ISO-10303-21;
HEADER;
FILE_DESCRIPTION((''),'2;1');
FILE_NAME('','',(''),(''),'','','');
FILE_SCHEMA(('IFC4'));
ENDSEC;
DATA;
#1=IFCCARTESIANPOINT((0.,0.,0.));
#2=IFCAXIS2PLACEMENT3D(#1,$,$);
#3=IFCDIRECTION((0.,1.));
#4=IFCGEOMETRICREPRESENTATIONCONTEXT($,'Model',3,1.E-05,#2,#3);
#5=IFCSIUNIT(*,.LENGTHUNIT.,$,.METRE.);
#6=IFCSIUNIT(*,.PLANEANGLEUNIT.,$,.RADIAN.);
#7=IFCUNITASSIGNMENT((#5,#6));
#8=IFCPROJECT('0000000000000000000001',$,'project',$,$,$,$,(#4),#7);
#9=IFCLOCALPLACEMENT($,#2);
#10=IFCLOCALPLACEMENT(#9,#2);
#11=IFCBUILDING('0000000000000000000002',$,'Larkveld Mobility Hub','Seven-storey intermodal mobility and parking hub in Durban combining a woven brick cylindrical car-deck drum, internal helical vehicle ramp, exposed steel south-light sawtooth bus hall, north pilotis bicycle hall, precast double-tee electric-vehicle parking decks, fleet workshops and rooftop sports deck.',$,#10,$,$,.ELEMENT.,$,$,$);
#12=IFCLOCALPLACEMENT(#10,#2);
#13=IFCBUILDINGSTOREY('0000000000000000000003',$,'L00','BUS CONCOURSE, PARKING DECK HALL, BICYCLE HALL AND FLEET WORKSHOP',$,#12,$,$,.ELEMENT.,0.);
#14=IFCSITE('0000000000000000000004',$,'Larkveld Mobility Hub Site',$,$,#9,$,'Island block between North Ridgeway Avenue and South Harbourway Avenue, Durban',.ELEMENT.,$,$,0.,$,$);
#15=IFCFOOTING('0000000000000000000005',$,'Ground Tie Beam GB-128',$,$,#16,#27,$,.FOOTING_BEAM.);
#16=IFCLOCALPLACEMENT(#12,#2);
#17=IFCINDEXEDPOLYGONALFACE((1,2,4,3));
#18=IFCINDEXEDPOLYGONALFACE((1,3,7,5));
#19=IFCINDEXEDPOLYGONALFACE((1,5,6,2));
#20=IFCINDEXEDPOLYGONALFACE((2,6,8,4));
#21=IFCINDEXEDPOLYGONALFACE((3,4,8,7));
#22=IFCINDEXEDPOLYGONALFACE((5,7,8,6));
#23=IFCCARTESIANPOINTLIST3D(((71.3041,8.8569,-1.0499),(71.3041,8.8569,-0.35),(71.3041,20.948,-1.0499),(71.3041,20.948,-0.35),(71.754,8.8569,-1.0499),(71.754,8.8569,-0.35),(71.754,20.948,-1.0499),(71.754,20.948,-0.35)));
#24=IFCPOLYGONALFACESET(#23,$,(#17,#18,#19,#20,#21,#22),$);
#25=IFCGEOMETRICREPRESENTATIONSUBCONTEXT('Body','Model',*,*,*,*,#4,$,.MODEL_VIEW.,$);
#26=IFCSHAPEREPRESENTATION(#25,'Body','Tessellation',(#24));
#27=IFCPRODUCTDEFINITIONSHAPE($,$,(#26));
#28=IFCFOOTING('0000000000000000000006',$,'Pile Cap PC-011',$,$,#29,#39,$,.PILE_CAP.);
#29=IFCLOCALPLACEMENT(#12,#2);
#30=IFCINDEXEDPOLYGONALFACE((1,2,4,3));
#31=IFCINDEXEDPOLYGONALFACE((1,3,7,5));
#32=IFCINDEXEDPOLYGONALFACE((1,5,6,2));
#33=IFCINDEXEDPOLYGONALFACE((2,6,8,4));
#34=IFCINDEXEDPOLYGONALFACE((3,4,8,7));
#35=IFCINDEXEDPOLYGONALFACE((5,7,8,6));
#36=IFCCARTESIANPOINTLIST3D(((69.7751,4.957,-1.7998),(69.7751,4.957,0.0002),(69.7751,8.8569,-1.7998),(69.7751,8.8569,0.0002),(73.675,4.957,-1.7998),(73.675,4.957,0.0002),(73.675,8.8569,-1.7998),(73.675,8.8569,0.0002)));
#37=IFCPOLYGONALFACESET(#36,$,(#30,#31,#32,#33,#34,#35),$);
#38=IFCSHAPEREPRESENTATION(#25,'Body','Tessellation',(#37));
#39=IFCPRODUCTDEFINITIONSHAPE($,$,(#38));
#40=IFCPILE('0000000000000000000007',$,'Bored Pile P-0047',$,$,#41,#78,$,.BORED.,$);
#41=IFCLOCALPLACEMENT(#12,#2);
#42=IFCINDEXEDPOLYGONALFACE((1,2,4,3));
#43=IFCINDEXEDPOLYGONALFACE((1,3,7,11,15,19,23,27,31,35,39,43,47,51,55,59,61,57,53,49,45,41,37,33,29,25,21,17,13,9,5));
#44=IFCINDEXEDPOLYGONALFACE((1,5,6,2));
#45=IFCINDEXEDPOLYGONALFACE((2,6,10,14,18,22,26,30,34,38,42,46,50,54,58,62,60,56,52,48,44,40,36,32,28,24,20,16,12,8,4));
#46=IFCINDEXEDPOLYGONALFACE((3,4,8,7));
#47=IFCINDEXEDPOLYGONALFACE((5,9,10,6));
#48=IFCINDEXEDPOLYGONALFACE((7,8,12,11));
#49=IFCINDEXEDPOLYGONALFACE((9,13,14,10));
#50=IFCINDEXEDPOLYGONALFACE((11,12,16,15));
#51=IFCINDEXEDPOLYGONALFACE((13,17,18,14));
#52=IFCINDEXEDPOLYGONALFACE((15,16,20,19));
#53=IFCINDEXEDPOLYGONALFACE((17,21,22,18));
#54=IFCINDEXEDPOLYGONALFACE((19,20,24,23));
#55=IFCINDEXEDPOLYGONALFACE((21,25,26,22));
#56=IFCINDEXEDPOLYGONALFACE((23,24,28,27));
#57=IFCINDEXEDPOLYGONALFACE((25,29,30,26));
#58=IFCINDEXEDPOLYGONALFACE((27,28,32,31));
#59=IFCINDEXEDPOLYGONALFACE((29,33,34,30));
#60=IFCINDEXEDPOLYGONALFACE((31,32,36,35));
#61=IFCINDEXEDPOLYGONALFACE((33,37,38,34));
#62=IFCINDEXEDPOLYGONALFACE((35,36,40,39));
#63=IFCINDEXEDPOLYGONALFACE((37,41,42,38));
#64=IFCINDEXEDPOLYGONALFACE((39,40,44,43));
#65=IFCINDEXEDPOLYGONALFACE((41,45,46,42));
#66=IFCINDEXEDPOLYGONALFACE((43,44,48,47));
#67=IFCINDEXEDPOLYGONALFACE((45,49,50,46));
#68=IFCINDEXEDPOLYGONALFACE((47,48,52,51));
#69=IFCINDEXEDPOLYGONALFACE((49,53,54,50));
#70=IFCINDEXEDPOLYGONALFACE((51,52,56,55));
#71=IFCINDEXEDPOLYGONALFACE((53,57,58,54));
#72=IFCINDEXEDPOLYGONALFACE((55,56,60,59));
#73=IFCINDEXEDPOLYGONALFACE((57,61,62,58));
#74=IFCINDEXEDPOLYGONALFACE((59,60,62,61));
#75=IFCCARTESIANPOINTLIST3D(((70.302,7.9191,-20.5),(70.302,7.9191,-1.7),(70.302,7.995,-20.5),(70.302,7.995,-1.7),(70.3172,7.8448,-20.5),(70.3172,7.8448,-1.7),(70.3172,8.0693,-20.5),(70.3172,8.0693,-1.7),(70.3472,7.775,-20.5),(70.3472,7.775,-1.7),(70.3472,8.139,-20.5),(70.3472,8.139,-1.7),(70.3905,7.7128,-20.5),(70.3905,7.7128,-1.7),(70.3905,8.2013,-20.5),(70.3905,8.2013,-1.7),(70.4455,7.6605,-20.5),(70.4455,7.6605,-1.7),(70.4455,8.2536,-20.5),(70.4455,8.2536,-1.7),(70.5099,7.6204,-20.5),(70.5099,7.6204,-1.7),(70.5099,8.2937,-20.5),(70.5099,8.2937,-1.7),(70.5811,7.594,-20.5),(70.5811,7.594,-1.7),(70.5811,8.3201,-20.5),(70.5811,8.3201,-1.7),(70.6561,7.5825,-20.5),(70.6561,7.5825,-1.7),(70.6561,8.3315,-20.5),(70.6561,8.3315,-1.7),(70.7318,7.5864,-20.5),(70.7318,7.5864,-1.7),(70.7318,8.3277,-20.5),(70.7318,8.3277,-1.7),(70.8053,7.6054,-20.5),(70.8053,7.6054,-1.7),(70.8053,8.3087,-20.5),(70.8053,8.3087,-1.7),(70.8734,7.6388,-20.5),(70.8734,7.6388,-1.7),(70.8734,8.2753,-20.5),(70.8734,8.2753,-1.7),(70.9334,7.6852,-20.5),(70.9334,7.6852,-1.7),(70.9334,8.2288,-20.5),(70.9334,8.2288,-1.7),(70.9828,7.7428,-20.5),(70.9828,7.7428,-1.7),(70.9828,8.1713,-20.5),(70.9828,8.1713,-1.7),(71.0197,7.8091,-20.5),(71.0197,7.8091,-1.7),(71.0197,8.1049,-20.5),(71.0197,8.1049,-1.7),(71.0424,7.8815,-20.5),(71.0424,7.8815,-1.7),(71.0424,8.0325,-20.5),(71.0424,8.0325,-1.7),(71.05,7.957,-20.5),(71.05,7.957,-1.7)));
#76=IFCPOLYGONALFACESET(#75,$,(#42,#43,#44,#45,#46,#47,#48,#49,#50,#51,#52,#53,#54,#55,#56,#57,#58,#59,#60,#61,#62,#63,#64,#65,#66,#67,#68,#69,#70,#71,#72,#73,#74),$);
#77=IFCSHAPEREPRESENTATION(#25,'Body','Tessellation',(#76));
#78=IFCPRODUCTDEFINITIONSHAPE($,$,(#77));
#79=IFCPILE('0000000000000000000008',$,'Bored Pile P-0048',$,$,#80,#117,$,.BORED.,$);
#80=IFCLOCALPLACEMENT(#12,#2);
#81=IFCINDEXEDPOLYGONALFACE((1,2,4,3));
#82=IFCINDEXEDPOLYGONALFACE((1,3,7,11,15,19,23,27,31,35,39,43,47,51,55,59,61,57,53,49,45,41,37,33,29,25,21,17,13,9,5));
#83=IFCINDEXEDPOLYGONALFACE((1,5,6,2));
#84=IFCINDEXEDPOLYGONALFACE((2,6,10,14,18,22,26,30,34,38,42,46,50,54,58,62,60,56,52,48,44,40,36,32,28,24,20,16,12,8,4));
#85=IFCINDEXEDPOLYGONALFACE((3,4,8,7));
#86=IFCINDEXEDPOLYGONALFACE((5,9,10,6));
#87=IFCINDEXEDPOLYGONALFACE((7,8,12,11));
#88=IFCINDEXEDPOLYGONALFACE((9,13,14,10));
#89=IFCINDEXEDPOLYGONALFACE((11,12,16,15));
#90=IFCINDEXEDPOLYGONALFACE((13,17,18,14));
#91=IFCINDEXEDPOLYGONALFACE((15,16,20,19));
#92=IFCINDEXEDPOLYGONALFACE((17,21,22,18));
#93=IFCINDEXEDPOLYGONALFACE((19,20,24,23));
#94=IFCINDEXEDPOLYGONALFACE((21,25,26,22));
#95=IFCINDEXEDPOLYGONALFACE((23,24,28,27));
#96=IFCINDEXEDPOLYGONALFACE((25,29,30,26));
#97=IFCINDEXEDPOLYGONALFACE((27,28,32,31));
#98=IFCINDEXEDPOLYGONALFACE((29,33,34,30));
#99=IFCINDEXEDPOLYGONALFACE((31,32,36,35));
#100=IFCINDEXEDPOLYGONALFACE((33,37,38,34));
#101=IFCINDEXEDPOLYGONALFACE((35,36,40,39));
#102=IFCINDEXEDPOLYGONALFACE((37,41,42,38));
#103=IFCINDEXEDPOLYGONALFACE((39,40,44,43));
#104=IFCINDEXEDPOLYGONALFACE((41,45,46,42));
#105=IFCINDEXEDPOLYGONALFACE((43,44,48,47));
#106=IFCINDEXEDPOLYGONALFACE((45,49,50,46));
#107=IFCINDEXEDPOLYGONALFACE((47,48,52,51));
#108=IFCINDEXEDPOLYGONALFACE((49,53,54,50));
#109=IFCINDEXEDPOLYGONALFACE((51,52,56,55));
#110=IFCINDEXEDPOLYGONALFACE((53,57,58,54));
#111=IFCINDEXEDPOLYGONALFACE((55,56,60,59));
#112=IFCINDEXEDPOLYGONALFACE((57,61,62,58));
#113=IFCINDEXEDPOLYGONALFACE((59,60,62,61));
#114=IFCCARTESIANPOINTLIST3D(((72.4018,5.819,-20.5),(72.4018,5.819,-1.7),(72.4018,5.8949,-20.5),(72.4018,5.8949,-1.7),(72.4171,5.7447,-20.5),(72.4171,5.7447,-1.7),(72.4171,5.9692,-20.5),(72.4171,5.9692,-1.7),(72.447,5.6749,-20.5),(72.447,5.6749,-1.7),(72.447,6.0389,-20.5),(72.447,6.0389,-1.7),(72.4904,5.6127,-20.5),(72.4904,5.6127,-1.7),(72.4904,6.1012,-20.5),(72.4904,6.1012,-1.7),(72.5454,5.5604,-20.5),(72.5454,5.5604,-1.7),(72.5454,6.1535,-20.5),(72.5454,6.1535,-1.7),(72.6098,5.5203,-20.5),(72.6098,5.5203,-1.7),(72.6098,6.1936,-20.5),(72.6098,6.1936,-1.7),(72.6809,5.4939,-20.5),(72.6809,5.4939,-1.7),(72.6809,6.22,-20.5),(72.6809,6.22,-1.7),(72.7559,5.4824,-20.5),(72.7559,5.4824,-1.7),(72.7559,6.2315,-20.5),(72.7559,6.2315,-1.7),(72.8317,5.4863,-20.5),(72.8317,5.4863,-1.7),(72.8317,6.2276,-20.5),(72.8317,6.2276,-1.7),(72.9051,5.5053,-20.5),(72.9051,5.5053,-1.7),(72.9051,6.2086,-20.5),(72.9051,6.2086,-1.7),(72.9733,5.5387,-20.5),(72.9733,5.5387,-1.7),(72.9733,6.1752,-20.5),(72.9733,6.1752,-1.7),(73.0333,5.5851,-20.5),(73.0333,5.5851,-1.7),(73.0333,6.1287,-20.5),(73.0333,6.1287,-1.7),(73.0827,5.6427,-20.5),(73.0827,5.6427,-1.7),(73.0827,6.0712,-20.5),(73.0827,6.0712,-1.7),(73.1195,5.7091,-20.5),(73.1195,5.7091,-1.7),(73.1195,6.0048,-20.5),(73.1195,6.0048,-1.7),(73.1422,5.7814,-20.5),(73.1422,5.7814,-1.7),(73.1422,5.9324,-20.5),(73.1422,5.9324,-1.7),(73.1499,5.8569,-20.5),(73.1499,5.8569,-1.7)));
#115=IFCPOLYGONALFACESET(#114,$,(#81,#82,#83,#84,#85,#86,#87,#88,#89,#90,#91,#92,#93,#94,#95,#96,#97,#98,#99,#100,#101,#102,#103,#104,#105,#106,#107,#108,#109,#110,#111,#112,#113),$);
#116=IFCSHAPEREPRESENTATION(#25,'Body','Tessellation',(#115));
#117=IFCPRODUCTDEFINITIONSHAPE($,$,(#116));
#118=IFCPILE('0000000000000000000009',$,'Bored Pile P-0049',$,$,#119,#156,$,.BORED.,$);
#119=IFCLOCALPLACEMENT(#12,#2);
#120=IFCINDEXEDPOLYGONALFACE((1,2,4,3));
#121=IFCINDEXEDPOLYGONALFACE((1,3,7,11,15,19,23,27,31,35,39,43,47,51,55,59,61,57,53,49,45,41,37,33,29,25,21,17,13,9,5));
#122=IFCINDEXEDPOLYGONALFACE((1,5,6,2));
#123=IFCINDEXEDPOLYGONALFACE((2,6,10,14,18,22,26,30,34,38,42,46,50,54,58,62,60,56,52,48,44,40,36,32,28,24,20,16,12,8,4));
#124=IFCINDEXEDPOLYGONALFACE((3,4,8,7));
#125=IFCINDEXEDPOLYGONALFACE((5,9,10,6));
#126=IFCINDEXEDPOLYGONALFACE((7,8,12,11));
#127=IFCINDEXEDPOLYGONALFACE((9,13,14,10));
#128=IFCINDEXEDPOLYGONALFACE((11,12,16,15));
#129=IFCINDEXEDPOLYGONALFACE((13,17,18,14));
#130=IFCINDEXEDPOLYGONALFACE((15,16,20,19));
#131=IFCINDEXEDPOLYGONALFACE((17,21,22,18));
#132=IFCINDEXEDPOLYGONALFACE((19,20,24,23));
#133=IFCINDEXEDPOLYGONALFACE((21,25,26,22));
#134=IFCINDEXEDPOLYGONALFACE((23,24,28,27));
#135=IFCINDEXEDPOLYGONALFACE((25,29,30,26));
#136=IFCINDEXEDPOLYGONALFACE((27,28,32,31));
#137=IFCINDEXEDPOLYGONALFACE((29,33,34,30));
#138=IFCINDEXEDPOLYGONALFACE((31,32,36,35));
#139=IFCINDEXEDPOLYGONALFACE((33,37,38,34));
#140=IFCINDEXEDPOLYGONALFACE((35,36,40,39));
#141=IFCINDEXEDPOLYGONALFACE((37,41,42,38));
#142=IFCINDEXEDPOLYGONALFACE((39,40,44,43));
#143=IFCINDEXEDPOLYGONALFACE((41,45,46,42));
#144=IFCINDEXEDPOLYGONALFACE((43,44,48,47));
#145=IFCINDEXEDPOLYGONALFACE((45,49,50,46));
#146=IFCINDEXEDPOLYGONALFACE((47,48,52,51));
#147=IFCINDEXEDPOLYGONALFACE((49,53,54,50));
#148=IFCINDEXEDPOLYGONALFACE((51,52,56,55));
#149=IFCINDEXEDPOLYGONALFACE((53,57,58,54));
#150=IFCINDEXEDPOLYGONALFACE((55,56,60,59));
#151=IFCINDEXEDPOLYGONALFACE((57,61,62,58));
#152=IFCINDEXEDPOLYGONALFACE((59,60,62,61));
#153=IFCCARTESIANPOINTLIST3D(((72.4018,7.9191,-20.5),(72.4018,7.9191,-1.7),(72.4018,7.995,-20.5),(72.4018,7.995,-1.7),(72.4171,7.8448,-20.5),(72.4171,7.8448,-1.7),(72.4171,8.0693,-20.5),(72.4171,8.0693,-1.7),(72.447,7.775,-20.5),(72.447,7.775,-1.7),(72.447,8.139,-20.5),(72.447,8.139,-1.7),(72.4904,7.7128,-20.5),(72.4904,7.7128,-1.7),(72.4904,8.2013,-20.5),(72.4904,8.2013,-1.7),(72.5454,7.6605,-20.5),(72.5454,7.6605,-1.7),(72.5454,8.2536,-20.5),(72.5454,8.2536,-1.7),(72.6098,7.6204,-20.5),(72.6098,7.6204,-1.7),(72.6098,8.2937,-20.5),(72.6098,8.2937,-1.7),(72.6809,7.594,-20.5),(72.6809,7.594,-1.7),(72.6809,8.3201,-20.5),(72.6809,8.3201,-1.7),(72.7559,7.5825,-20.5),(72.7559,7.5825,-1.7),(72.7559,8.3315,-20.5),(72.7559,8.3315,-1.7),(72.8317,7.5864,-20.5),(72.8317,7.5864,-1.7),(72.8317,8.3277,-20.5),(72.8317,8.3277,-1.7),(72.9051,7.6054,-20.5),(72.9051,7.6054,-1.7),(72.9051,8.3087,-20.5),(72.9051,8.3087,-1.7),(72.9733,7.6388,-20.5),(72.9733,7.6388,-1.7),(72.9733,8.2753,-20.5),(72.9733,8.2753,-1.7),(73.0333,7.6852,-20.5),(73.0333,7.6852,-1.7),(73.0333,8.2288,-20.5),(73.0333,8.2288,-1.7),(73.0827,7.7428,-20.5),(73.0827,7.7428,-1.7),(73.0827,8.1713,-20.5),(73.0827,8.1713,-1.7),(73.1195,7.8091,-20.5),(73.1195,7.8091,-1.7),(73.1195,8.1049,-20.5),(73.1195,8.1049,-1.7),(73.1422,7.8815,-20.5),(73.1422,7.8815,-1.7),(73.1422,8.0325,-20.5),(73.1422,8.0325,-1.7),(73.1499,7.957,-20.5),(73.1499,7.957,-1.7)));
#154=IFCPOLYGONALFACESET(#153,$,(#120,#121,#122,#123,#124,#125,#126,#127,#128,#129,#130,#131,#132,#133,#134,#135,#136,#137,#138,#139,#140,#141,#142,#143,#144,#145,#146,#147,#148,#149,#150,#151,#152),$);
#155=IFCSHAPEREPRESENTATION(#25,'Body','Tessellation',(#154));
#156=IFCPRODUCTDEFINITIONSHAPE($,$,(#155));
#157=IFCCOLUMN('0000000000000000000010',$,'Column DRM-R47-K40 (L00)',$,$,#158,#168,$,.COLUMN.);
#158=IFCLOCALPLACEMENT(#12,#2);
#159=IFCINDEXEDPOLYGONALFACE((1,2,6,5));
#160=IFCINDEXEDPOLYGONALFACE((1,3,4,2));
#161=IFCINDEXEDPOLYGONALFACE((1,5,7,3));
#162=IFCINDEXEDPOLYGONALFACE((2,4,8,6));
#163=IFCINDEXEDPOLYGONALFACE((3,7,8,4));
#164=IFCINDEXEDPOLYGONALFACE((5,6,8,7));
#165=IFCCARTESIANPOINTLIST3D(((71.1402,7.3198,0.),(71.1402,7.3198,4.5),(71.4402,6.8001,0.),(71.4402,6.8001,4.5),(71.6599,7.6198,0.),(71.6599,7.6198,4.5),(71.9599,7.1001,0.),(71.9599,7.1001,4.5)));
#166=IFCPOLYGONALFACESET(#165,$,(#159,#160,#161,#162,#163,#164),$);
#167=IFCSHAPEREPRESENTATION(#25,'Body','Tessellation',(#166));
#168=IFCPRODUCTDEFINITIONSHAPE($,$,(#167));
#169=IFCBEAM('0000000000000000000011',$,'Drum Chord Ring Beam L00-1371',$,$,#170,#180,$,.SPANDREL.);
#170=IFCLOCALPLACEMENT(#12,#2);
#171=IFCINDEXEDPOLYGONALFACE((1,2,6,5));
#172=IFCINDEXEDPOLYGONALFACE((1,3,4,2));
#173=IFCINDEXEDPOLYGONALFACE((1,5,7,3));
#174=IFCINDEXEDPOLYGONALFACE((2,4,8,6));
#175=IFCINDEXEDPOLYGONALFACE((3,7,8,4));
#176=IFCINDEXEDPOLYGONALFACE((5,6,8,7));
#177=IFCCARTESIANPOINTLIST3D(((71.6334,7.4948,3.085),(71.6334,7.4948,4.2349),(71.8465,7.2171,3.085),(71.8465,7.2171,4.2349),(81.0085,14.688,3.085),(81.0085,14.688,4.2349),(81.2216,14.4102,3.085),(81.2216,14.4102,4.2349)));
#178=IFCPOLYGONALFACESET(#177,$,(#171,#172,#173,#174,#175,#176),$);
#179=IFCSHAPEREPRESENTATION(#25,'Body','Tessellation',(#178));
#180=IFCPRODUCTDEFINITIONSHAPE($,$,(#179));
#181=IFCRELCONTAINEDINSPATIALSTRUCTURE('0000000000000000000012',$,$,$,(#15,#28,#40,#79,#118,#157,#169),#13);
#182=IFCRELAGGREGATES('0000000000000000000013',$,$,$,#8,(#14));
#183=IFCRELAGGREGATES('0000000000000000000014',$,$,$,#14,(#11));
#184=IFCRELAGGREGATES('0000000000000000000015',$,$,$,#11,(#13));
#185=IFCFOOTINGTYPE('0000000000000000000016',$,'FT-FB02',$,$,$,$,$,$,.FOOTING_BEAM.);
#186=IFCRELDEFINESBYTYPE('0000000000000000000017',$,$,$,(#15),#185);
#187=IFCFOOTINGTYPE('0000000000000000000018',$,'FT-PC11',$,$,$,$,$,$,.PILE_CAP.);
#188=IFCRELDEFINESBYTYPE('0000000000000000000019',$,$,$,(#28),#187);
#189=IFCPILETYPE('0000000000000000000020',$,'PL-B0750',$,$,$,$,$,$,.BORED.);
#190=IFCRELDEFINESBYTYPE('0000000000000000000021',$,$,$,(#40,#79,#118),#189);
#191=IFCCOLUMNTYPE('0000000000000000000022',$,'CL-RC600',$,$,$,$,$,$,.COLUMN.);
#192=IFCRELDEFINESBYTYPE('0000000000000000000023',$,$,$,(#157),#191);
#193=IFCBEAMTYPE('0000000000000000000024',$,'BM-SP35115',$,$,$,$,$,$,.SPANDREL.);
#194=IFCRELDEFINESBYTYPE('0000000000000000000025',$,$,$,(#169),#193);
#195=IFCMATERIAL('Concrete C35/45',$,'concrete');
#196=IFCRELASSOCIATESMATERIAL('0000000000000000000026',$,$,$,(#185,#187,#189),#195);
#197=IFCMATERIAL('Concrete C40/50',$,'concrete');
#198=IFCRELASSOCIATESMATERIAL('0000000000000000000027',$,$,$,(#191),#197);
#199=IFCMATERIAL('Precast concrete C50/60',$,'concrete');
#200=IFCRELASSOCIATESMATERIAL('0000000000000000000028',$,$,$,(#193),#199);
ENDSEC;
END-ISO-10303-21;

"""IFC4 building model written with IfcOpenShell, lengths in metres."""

from ifc_helpers import new_model, si_unit, direction, frame, origin, origin_2d, place, context, subcontext, project, spatial, rectangle, circle, extrude, material, material_profile, profile_set, type_object, element, save


model = new_model("IFC4")

# Units and contexts
model_context = context("Model", 3, precision=1e-05, world=origin(), true_north=direction((0.0, 1.0)))
body_context = subcontext(model_context, "Body", "Model", "MODEL_VIEW")
ifc_project = project(units=[si_unit("LENGTHUNIT", "METRE"), si_unit("PLANEANGLEUNIT", "RADIAN")], contexts=[model_context])

# Site, building, storey
site_placement = place(None, origin())
site = spatial("IfcSite", under=ifc_project, at=site_placement, Name="Larkveld Mobility Hub Site", LongName="Island block between North Ridgeway Avenue and South Harbourway Avenue, Durban", CompositionType="ELEMENT", RefElevation=0.0)
building_placement = place(site_placement, origin())
building = spatial("IfcBuilding", under=site, at=building_placement, Name="Larkveld Mobility Hub", Description="Seven-storey intermodal mobility and parking hub in Durban combining a woven brick cylindrical car-deck drum, internal helical vehicle ramp, exposed steel south-light sawtooth bus hall, north pilotis bicycle hall, precast double-tee electric-vehicle parking decks, fleet workshops and rooftop sports deck.", CompositionType="ELEMENT")
storey_placement = place(building_placement, origin())
storey = spatial("IfcBuildingStorey", under=building, at=storey_placement, Name="L00", Description="BUS CONCOURSE, PARKING DECK HALL, BICYCLE HALL AND FLEET WORKSHOP", CompositionType="ELEMENT", Elevation=0.0)

# Footings
ifc_material_1 = material(Name="Concrete C35/45", Category="concrete")
ifc_material_profile_1 = material_profile(ifc_material_1, rectangle(XDim=0.45, YDim=0.7, at=origin_2d()), Name="RC BM 450x700")
ifc_profile_set_1 = profile_set([ifc_material_profile_1], Name="Concrete C35/45")
footing_type_1 = type_object("IfcFootingType", Name="FT-FB02", PredefinedType="FOOTING_BEAM", material=ifc_profile_set_1)
footing_1_placement = place(storey_placement, frame((71.5291, 8.8569, -0.7), z_axis=(0.0, 1.0, 0.0), x_axis=(-1.0, 0.0, 0.0)))
element("IfcFooting", 1, at=footing_1_placement, inside=storey, type_object=footing_type_1, Name="Ground Tie Beam GB-128", PredefinedType="FOOTING_BEAM", context=body_context, shape_type="SweptSolid", body=[
    extrude(rectangle(XDim=0.45, YDim=0.7, at=origin_2d()), origin(), (0.0, 0.0, 1.0), 12.0911),
])
footing_type_2 = type_object("IfcFootingType", Name="FT-PC11", PredefinedType="PILE_CAP", material=ifc_material_1)
footing_2_placement = place(storey_placement, frame((71.7251, 6.907, -1.7998), z_axis=(0.0, 0.0, 1.0), x_axis=(1.0, 0.0, 0.0)))
element("IfcFooting", 2, at=footing_2_placement, inside=storey, type_object=footing_type_2, Name="Pile Cap PC-011", PredefinedType="PILE_CAP", context=body_context, shape_type="SweptSolid", body=[
    extrude(rectangle(XDim=3.8999, YDim=3.8999, at=origin_2d()), origin(), (0.0, 0.0, 1.0), 1.8),
])

# Piles
ifc_material_profile_2 = material_profile(ifc_material_1, circle(Radius=0.375, at=origin_2d()), Name="PILE D750")
ifc_profile_set_2 = profile_set([ifc_material_profile_2], Name="Concrete C35/45")
pile_type = type_object("IfcPileType", Name="PL-B0750", PredefinedType="BORED", material=ifc_profile_set_2)
for number, where, z_axis, x_axis, name in (
    (3, (70.675, 7.957, -1.7), (0.0, 0.0, -1.0), (1.0, 0.0, 0.0), "Bored Pile P-0047"),
    (4, (72.7749, 5.8569, -1.7), (0.0, 0.0, -1.0), (1.0, 0.0, 0.0), "Bored Pile P-0048"),
    (5, (72.7749, 7.957, -1.7), (0.0, 0.0, -1.0), (1.0, 0.0, 0.0), "Bored Pile P-0049"),
):
    element("IfcPile", number, at=place(storey_placement, frame(where, z_axis=z_axis, x_axis=x_axis)), inside=storey, type_object=pile_type, Name=name, PredefinedType="BORED", context=body_context, shape_type="SweptSolid", body=[
        extrude(circle(Radius=0.375, at=origin_2d()), origin(), (0.0, 0.0, 1.0), 18.8),
    ])

# Column
ifc_material_2 = material(Name="Concrete C40/50", Category="concrete")
ifc_material_profile_3 = material_profile(ifc_material_2, rectangle(XDim=0.6001, YDim=0.6001, at=origin_2d()), Name="RC COL 600x600")
ifc_profile_set_3 = profile_set([ifc_material_profile_3], Name="Concrete C40/50")
column_type = type_object("IfcColumnType", Name="CL-RC600", PredefinedType="COLUMN", material=ifc_profile_set_3)
column_placement = place(storey_placement, frame((71.55, 7.21, 0.0), z_axis=(0.0, 0.0, 1.0), x_axis=(-0.5, 0.866025, 0.0)))
element("IfcColumn", 6, at=column_placement, inside=storey, type_object=column_type, Name="Column DRM-R47-K40 (L00)", PredefinedType="COLUMN", context=body_context, shape_type="SweptSolid", body=[
    extrude(rectangle(XDim=0.6001, YDim=0.6001, at=origin_2d()), origin(), (0.0, 0.0, 1.0), 4.5),
])

# Beam
ifc_material_3 = material(Name="Precast concrete C50/60", Category="concrete")
ifc_material_profile_4 = material_profile(ifc_material_3, rectangle(XDim=0.3501, YDim=1.1499, at=origin_2d()), Name="PC SP 350x1150")
ifc_profile_set_4 = profile_set([ifc_material_profile_4], Name="Precast concrete C50/60")
beam_type = type_object("IfcBeamType", Name="BM-SP35115", PredefinedType="SPANDREL", material=ifc_profile_set_4)
beam_placement = place(storey_placement, frame((71.74, 7.356, 3.6599), z_axis=(0.793377, 0.608731, 0.0), x_axis=(-0.608731, 0.793377, 0.0)))
element("IfcBeam", 7, at=beam_placement, inside=storey, type_object=beam_type, Name="Drum Chord Ring Beam L00-1371", PredefinedType="SPANDREL", context=body_context, shape_type="SweptSolid", body=[
    extrude(rectangle(XDim=0.3501, YDim=1.1499, at=origin_2d()), origin(), (0.0, 0.0, 1.0), 11.8167),
])

save(model, "model.ifc")
